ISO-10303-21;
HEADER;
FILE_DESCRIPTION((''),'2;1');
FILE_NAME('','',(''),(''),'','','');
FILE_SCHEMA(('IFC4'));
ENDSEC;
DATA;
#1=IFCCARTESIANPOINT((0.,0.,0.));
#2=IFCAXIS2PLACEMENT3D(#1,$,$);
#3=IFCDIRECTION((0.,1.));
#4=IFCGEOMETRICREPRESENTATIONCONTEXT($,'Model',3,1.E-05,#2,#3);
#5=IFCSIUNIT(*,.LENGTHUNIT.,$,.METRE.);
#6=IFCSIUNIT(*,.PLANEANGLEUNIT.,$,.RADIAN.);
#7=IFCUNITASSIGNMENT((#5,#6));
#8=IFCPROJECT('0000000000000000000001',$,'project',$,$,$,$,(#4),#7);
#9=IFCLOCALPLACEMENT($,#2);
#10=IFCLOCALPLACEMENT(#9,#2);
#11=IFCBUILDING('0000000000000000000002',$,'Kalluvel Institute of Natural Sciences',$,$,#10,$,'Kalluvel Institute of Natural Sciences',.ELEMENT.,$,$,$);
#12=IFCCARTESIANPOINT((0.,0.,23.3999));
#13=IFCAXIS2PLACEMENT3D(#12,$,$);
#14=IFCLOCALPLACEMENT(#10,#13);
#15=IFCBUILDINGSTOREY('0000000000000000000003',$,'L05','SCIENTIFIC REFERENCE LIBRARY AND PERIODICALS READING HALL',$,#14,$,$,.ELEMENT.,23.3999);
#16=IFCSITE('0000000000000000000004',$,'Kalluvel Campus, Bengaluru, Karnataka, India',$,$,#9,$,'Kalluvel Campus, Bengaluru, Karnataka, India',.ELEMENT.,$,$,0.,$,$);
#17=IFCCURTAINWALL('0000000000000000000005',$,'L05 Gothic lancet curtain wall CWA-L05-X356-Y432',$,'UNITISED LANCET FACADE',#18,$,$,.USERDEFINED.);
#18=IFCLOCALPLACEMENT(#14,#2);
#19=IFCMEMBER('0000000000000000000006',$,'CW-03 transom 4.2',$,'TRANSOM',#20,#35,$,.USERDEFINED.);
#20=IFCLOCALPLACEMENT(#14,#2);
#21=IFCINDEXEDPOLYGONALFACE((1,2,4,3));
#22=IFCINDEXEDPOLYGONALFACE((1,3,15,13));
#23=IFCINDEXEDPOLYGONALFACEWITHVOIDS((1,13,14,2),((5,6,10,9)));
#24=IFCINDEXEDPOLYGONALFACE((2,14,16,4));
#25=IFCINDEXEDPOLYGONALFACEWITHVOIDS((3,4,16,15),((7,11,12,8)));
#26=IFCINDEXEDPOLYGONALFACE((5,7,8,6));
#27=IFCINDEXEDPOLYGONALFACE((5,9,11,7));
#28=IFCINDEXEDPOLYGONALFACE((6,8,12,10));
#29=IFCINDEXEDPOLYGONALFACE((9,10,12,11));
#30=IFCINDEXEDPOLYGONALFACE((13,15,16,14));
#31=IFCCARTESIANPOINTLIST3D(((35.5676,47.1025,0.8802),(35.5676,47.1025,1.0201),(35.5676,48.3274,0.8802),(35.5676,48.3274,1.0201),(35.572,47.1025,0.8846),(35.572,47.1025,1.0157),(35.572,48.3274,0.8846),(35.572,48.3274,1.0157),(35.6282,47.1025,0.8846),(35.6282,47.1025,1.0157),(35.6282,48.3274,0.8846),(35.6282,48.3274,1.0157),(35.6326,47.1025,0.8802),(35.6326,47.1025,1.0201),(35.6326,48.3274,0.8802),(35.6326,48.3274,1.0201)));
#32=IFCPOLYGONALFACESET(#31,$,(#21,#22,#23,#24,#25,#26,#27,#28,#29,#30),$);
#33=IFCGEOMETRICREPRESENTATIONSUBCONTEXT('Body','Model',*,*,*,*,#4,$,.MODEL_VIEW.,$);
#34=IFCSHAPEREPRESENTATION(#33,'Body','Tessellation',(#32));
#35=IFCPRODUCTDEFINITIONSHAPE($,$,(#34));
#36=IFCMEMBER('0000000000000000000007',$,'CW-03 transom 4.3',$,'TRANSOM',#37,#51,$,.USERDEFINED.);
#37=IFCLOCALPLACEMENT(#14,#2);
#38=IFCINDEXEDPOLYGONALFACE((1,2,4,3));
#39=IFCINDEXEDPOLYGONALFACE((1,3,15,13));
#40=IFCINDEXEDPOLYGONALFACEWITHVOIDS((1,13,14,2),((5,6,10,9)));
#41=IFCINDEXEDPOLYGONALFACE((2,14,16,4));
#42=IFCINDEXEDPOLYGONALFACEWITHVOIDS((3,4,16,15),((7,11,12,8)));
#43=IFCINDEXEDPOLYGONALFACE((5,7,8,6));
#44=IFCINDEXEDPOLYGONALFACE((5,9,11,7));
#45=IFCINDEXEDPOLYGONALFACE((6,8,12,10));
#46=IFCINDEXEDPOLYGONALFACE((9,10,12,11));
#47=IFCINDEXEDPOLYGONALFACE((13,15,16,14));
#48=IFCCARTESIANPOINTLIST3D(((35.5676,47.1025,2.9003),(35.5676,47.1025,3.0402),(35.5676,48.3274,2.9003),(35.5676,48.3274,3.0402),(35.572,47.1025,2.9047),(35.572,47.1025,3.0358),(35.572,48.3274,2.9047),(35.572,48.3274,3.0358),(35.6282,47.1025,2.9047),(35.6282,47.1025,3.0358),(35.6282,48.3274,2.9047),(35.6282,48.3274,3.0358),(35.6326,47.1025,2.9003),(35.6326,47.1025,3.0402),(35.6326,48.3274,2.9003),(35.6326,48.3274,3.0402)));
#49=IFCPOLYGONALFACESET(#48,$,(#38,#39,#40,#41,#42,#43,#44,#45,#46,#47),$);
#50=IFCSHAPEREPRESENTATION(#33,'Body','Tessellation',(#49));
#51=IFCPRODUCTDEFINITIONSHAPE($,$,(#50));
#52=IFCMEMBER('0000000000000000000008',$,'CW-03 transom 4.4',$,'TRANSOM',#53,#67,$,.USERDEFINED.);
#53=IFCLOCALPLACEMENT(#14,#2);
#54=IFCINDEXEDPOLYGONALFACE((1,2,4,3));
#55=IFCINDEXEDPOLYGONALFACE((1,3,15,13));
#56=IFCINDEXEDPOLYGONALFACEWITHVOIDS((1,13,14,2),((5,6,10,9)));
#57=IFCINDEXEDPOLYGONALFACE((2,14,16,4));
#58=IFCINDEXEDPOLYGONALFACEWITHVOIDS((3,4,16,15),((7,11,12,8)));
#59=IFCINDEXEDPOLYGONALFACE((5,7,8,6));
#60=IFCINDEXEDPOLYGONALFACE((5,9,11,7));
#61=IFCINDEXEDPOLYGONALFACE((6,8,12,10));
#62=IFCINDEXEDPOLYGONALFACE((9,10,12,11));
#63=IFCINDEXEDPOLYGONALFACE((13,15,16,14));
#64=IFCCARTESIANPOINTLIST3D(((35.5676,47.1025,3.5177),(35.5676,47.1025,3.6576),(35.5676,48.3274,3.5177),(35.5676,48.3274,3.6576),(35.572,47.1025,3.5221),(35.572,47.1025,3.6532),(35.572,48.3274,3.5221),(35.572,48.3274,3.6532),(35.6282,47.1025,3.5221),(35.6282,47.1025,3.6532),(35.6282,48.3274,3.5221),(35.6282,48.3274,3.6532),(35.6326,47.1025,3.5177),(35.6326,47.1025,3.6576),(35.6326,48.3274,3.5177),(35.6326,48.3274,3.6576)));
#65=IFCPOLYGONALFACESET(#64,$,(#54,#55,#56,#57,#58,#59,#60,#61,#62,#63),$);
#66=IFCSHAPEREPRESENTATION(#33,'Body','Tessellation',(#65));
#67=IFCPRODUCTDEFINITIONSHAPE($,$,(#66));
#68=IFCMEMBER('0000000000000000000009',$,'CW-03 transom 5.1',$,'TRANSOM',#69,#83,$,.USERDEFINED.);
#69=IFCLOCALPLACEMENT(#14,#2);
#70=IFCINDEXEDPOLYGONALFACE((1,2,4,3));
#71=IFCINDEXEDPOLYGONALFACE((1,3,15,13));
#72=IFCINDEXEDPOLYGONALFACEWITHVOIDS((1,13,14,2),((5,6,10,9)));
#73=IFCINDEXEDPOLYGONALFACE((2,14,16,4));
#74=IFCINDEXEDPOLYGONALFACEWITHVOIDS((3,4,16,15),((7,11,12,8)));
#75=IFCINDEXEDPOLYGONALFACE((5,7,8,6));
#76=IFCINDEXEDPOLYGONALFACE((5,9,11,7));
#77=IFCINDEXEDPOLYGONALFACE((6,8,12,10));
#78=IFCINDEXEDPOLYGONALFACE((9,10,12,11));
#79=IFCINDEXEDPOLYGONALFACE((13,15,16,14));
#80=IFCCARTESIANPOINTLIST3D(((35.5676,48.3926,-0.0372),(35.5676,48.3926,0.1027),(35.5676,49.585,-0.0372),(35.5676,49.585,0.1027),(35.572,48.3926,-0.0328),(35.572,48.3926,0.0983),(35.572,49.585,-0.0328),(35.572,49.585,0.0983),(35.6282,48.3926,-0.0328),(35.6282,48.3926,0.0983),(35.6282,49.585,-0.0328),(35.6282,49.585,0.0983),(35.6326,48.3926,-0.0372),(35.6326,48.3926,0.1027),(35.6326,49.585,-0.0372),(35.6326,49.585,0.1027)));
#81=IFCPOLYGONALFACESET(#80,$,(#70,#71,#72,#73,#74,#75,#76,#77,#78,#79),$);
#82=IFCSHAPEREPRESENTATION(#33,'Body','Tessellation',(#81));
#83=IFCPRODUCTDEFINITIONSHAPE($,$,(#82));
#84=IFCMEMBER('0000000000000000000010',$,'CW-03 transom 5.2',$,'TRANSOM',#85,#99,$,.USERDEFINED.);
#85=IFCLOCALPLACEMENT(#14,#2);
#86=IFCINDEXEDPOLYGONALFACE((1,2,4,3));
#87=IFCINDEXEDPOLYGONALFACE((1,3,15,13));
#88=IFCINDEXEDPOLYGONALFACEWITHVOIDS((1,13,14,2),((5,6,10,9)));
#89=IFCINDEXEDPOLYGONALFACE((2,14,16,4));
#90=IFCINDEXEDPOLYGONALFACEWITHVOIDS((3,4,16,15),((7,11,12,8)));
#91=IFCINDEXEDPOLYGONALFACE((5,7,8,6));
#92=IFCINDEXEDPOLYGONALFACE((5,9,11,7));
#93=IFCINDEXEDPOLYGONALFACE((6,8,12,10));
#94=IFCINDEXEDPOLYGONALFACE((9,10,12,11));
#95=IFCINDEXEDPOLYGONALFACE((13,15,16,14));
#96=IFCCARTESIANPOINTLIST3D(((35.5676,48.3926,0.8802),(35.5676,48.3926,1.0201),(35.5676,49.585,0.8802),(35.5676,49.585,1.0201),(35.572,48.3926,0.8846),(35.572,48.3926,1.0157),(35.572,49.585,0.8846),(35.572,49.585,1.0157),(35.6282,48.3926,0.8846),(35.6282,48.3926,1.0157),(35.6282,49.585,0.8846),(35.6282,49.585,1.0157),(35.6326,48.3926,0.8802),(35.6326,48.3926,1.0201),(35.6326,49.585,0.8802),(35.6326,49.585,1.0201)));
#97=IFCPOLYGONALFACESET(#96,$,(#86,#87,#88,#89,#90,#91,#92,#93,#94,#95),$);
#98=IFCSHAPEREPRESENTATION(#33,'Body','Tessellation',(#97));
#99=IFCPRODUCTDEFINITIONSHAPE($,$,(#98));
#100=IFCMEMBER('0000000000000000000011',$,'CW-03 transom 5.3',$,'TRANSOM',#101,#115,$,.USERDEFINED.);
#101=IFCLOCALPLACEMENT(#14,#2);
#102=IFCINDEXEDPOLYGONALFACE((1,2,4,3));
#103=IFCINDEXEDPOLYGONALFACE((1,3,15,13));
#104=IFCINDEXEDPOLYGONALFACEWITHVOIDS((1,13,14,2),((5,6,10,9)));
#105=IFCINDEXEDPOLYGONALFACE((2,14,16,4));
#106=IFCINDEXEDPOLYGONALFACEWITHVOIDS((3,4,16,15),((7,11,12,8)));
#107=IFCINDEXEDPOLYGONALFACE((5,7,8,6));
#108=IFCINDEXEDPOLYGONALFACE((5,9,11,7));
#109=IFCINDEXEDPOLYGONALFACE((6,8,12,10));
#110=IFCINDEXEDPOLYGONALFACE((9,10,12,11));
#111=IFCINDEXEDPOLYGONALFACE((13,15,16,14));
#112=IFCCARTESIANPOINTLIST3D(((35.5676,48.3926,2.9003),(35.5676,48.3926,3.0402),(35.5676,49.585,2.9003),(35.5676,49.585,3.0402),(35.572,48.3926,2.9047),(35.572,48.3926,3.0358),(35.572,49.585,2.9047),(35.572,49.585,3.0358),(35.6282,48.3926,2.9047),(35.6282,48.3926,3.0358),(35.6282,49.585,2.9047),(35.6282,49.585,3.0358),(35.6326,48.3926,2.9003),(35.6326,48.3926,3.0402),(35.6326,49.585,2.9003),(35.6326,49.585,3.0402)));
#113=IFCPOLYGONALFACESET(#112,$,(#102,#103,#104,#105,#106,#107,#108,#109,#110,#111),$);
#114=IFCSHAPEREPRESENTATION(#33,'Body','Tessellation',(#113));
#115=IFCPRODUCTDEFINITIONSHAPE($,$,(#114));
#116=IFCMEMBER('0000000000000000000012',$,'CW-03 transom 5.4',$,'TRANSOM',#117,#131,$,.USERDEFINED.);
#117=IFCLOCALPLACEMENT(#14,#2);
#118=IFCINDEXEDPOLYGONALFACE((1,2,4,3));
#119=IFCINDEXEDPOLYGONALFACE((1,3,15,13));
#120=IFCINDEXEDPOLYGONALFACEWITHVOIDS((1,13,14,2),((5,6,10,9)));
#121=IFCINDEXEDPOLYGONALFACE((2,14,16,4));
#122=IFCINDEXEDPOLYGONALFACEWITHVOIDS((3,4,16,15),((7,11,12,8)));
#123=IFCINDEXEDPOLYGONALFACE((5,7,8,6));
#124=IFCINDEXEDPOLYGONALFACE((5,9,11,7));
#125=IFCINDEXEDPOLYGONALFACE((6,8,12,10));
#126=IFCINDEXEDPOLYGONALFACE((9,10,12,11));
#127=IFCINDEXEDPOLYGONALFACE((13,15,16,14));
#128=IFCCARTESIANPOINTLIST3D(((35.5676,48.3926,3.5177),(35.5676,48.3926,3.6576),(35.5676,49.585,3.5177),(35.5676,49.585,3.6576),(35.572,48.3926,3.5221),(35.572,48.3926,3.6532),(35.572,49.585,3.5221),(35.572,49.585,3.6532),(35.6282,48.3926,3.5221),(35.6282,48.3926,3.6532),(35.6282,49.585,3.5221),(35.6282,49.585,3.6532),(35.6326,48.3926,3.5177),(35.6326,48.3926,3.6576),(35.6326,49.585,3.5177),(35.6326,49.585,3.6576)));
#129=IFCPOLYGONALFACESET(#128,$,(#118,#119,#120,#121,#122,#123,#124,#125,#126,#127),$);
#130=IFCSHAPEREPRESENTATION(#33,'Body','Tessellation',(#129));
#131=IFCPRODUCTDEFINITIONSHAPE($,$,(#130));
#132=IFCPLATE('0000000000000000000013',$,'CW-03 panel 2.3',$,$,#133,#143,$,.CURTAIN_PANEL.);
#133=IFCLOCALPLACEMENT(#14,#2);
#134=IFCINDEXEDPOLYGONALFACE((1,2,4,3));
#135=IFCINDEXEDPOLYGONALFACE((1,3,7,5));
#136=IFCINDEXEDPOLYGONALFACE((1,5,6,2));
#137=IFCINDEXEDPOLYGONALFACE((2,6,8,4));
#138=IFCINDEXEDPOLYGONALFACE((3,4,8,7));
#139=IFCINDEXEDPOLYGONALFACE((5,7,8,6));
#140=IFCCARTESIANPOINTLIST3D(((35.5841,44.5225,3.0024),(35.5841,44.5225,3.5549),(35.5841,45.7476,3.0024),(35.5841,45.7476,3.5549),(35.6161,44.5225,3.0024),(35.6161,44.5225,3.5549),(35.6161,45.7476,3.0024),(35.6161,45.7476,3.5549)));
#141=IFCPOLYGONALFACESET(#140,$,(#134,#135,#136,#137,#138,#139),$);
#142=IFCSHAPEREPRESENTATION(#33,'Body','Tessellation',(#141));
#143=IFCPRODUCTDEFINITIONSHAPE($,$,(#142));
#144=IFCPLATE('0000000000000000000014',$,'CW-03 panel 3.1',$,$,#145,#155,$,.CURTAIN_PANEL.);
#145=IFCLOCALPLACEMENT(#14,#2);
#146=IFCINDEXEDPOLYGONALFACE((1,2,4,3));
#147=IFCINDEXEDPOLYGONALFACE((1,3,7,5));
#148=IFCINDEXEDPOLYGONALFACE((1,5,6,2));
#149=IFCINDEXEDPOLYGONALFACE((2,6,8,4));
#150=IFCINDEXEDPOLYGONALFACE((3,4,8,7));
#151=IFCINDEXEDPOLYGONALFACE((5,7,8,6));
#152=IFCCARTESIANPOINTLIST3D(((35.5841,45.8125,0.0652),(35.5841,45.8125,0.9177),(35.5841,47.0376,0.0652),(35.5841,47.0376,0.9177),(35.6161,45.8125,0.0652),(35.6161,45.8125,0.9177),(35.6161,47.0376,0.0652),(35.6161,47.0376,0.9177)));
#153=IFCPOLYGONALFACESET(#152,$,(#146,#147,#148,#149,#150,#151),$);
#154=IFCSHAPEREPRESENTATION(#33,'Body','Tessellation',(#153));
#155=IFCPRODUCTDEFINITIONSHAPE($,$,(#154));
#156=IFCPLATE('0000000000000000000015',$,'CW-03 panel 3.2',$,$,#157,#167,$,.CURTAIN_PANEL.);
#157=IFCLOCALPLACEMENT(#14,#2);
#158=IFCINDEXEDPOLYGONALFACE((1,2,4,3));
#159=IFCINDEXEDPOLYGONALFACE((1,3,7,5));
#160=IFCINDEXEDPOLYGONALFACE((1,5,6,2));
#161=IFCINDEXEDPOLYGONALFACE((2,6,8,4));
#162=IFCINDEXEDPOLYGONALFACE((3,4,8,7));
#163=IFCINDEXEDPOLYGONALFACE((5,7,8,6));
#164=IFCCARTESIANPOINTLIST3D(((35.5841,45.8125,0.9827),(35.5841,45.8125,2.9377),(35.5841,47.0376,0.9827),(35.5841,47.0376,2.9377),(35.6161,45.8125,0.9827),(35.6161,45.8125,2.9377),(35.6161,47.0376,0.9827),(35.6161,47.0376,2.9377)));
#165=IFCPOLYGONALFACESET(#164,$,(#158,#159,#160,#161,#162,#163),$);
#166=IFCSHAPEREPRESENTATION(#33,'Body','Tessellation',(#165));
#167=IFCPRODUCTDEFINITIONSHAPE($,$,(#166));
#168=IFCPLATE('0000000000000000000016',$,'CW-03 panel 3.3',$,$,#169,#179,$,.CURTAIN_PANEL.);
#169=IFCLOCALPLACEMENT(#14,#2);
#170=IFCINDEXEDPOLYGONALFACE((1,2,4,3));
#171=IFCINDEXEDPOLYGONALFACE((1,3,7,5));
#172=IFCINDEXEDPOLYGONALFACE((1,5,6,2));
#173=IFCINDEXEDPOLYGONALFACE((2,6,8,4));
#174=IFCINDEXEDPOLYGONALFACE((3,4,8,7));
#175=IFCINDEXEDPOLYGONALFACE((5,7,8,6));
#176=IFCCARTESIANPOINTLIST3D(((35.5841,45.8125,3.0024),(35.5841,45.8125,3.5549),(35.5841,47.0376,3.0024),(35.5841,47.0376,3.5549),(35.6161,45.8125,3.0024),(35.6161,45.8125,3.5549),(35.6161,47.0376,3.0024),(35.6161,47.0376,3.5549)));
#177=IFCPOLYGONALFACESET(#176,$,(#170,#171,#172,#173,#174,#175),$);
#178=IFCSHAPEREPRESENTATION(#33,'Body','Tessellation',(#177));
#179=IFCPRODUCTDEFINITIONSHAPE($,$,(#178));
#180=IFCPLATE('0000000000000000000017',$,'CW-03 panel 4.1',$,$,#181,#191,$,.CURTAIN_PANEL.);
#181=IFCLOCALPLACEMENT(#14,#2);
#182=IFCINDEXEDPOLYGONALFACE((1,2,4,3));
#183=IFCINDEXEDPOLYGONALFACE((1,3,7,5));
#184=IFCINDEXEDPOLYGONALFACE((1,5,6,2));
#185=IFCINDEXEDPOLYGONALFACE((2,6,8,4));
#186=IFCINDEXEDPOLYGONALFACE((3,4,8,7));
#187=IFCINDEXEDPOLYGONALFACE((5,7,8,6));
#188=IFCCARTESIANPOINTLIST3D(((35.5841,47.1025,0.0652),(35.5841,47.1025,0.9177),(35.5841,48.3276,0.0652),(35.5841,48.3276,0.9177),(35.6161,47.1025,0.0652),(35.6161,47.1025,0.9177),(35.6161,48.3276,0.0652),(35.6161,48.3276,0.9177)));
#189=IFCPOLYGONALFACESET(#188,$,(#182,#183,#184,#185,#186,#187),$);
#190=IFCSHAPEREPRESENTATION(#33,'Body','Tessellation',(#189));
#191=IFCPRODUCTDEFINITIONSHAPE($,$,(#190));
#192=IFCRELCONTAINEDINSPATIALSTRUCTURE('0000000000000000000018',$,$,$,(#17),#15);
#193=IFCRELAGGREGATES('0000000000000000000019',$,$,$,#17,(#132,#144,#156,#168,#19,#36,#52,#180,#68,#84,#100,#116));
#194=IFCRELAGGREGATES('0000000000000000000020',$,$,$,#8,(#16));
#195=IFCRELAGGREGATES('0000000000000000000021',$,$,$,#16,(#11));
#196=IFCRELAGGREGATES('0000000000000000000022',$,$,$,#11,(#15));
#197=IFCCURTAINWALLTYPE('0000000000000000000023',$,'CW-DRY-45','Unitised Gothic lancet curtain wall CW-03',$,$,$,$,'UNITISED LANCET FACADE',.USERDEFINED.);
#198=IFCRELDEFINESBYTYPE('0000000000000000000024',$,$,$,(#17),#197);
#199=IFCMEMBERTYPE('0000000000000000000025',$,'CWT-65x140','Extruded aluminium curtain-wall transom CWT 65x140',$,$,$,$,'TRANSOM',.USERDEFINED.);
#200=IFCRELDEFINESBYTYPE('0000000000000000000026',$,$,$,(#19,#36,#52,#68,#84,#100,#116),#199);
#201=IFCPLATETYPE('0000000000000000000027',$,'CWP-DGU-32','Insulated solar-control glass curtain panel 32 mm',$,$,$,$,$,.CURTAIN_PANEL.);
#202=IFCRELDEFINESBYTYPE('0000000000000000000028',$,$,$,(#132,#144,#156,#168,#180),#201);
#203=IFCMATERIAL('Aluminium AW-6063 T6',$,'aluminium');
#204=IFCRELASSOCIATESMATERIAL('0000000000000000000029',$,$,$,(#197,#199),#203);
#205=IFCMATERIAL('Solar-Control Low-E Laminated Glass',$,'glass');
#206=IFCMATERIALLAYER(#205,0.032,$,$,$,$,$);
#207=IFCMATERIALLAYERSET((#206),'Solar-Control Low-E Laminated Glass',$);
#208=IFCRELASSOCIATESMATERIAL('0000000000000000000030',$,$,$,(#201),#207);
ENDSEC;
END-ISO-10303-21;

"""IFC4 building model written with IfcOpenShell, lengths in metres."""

from ifc_helpers import new_model, si_unit, direction, frame, origin, origin_2d, place, context, subcontext, project, spatial, rectangle, hollow_rectangle, extrude, material, layer, layer_set, material_profile, profile_set, type_object, element, aggregate, save


model = new_model("IFC4")

# Units and contexts
model_context = context("Model", 3, precision=1e-05, world=origin(), true_north=direction((0.0, 1.0)))
body_context = subcontext(model_context, "Body", "Model", "MODEL_VIEW")
ifc_project = project(units=[si_unit("LENGTHUNIT", "METRE"), si_unit("PLANEANGLEUNIT", "RADIAN")], contexts=[model_context])

# Site, building, storey
site_placement = place(None, origin())
site = spatial("IfcSite", under=ifc_project, at=site_placement, Name="Kalluvel Campus, Bengaluru, Karnataka, India", LongName="Kalluvel Campus, Bengaluru, Karnataka, India", CompositionType="ELEMENT", RefElevation=0.0)
building_placement = place(site_placement, origin())
building = spatial("IfcBuilding", under=site, at=building_placement, Name="Kalluvel Institute of Natural Sciences", LongName="Kalluvel Institute of Natural Sciences", CompositionType="ELEMENT")
storey_placement = place(building_placement, frame((0.0, 0.0, 23.3999)))
storey = spatial("IfcBuildingStorey", under=building, at=storey_placement, Name="L05", Description="SCIENTIFIC REFERENCE LIBRARY AND PERIODICALS READING HALL", CompositionType="ELEMENT", Elevation=23.3999)

# Curtain wall, members, plates
ifc_material_1 = material(Name="Aluminium AW-6063 T6", Category="aluminium")
curtain_wall_type = type_object("IfcCurtainWallType", Name="CW-DRY-45", Description="Unitised Gothic lancet curtain wall CW-03", ElementType="UNITISED LANCET FACADE", PredefinedType="USERDEFINED", material=ifc_material_1)
curtain_wall_placement = place(storey_placement, origin())
curtain_wall = element("IfcCurtainWall", 1, at=curtain_wall_placement, inside=storey, type_object=curtain_wall_type, Name="L05 Gothic lancet curtain wall CWA-L05-X356-Y432", ObjectType="UNITISED LANCET FACADE", PredefinedType="USERDEFINED")
ifc_material_profile_1 = material_profile(ifc_material_1, hollow_rectangle(XDim=0.0649, YDim=0.1399, WallThickness=0.0044, at=origin_2d()), Name="CWT 65x140")
ifc_profile_set_1 = profile_set([ifc_material_profile_1], Name="Aluminium AW-6063 T6")
member_type_1 = type_object("IfcMemberType", Name="CWT-65x140", Description="Extruded aluminium curtain-wall transom CWT 65x140", ElementType="TRANSOM", PredefinedType="USERDEFINED", material=ifc_profile_set_1)
member_1_placement = place(storey_placement, frame((35.6001, 47.1025, 0.9502), z_axis=(0.0, 1.0, 0.0), x_axis=(-1.0, 0.0, 0.0)))
member_1 = element("IfcMember", 2, at=member_1_placement, type_object=member_type_1, Name="CW-03 transom 4.2", ObjectType="TRANSOM", PredefinedType="USERDEFINED", context=body_context, shape_type="SweptSolid", body=[
    extrude(hollow_rectangle(XDim=0.0649, YDim=0.1399, WallThickness=0.0044, at=origin_2d()), origin(), (0.0, 0.0, 1.0), 1.2249),
])
member_2_placement = place(storey_placement, frame((35.6001, 47.1025, 2.9702), z_axis=(0.0, 1.0, 0.0), x_axis=(-1.0, 0.0, 0.0)))
member_2 = element("IfcMember", 3, at=member_2_placement, type_object=member_type_1, Name="CW-03 transom 4.3", ObjectType="TRANSOM", PredefinedType="USERDEFINED", context=body_context, shape_type="SweptSolid", body=[
    extrude(hollow_rectangle(XDim=0.0649, YDim=0.1399, WallThickness=0.0044, at=origin_2d()), origin(), (0.0, 0.0, 1.0), 1.2249),
])
member_3_placement = place(storey_placement, frame((35.6001, 47.1025, 3.5876), z_axis=(0.0, 1.0, 0.0), x_axis=(-1.0, 0.0, 0.0)))
member_3 = element("IfcMember", 4, at=member_3_placement, type_object=member_type_1, Name="CW-03 transom 4.4", ObjectType="TRANSOM", PredefinedType="USERDEFINED", context=body_context, shape_type="SweptSolid", body=[
    extrude(hollow_rectangle(XDim=0.0649, YDim=0.1399, WallThickness=0.0044, at=origin_2d()), origin(), (0.0, 0.0, 1.0), 1.2249),
])
member_4_placement = place(storey_placement, frame((35.6001, 48.3926, 0.0327), z_axis=(0.0, 1.0, 0.0), x_axis=(-1.0, 0.0, 0.0)))
member_4 = element("IfcMember", 5, at=member_4_placement, type_object=member_type_1, Name="CW-03 transom 5.1", ObjectType="TRANSOM", PredefinedType="USERDEFINED", context=body_context, shape_type="SweptSolid", body=[
    extrude(hollow_rectangle(XDim=0.0649, YDim=0.1399, WallThickness=0.0044, at=origin_2d()), origin(), (0.0, 0.0, 1.0), 1.1924),
])
member_5_placement = place(storey_placement, frame((35.6001, 48.3926, 0.9502), z_axis=(0.0, 1.0, 0.0), x_axis=(-1.0, 0.0, 0.0)))
member_5 = element("IfcMember", 6, at=member_5_placement, type_object=member_type_1, Name="CW-03 transom 5.2", ObjectType="TRANSOM", PredefinedType="USERDEFINED", context=body_context, shape_type="SweptSolid", body=[
    extrude(hollow_rectangle(XDim=0.0649, YDim=0.1399, WallThickness=0.0044, at=origin_2d()), origin(), (0.0, 0.0, 1.0), 1.1924),
])
member_6_placement = place(storey_placement, frame((35.6001, 48.3926, 2.9702), z_axis=(0.0, 1.0, 0.0), x_axis=(-1.0, 0.0, 0.0)))
member_6 = element("IfcMember", 7, at=member_6_placement, type_object=member_type_1, Name="CW-03 transom 5.3", ObjectType="TRANSOM", PredefinedType="USERDEFINED", context=body_context, shape_type="SweptSolid", body=[
    extrude(hollow_rectangle(XDim=0.0649, YDim=0.1399, WallThickness=0.0044, at=origin_2d()), origin(), (0.0, 0.0, 1.0), 1.1924),
])
member_7_placement = place(storey_placement, frame((35.6001, 48.3926, 3.5876), z_axis=(0.0, 1.0, 0.0), x_axis=(-1.0, 0.0, 0.0)))
member_7 = element("IfcMember", 8, at=member_7_placement, type_object=member_type_1, Name="CW-03 transom 5.4", ObjectType="TRANSOM", PredefinedType="USERDEFINED", context=body_context, shape_type="SweptSolid", body=[
    extrude(hollow_rectangle(XDim=0.0649, YDim=0.1399, WallThickness=0.0044, at=origin_2d()), origin(), (0.0, 0.0, 1.0), 1.1924),
])
ifc_material_2 = material(Name="Solar-Control Low-E Laminated Glass", Category="glass")
ifc_layer = layer(ifc_material_2, 0.032)
ifc_layer_set = layer_set([ifc_layer], Name="Solar-Control Low-E Laminated Glass")
plate_type = type_object("IfcPlateType", Name="CWP-DGU-32", Description="Insulated solar-control glass curtain panel 32 mm", PredefinedType="CURTAIN_PANEL", material=ifc_layer_set)
plate_1_placement = place(storey_placement, frame((35.6001, 45.135, 3.0024), z_axis=(0.0, 0.0, 1.0), x_axis=(0.0, 1.0, 0.0)))
plate_1 = element("IfcPlate", 9, at=plate_1_placement, type_object=plate_type, Name="CW-03 panel 2.3", PredefinedType="CURTAIN_PANEL", context=body_context, shape_type="SweptSolid", body=[
    extrude(rectangle(XDim=1.2251, YDim=0.032, at=origin_2d()), origin(), (0.0, 0.0, 1.0), 0.5525),
])
plate_2_placement = place(storey_placement, frame((35.6001, 46.425, 0.0652), z_axis=(0.0, 0.0, 1.0), x_axis=(0.0, 1.0, 0.0)))
plate_2 = element("IfcPlate", 10, at=plate_2_placement, type_object=plate_type, Name="CW-03 panel 3.1", PredefinedType="CURTAIN_PANEL", context=body_context, shape_type="SweptSolid", body=[
    extrude(rectangle(XDim=1.2251, YDim=0.032, at=origin_2d()), origin(), (0.0, 0.0, 1.0), 0.8525),
])
plate_3_placement = place(storey_placement, frame((35.6001, 46.425, 0.9827), z_axis=(0.0, 0.0, 1.0), x_axis=(0.0, 1.0, 0.0)))
plate_3 = element("IfcPlate", 11, at=plate_3_placement, type_object=plate_type, Name="CW-03 panel 3.2", PredefinedType="CURTAIN_PANEL", context=body_context, shape_type="SweptSolid", body=[
    extrude(rectangle(XDim=1.2251, YDim=0.032, at=origin_2d()), origin(), (0.0, 0.0, 1.0), 1.9551),
])
plate_4_placement = place(storey_placement, frame((35.6001, 46.425, 3.0024), z_axis=(0.0, 0.0, 1.0), x_axis=(0.0, 1.0, 0.0)))
plate_4 = element("IfcPlate", 12, at=plate_4_placement, type_object=plate_type, Name="CW-03 panel 3.3", PredefinedType="CURTAIN_PANEL", context=body_context, shape_type="SweptSolid", body=[
    extrude(rectangle(XDim=1.2251, YDim=0.032, at=origin_2d()), origin(), (0.0, 0.0, 1.0), 0.5525),
])
plate_5_placement = place(storey_placement, frame((35.6001, 47.7151, 0.0652), z_axis=(0.0, 0.0, 1.0), x_axis=(0.0, 1.0, 0.0)))
plate_5 = element("IfcPlate", 13, at=plate_5_placement, type_object=plate_type, Name="CW-03 panel 4.1", PredefinedType="CURTAIN_PANEL", context=body_context, shape_type="SweptSolid", body=[
    extrude(rectangle(XDim=1.2251, YDim=0.032, at=origin_2d()), origin(), (0.0, 0.0, 1.0), 0.8525),
])
aggregate(curtain_wall, [plate_1, plate_2, plate_3, plate_4, member_1, member_2, member_3, plate_5, member_4, member_5, member_6, member_7])

save(model, "model.ifc")
